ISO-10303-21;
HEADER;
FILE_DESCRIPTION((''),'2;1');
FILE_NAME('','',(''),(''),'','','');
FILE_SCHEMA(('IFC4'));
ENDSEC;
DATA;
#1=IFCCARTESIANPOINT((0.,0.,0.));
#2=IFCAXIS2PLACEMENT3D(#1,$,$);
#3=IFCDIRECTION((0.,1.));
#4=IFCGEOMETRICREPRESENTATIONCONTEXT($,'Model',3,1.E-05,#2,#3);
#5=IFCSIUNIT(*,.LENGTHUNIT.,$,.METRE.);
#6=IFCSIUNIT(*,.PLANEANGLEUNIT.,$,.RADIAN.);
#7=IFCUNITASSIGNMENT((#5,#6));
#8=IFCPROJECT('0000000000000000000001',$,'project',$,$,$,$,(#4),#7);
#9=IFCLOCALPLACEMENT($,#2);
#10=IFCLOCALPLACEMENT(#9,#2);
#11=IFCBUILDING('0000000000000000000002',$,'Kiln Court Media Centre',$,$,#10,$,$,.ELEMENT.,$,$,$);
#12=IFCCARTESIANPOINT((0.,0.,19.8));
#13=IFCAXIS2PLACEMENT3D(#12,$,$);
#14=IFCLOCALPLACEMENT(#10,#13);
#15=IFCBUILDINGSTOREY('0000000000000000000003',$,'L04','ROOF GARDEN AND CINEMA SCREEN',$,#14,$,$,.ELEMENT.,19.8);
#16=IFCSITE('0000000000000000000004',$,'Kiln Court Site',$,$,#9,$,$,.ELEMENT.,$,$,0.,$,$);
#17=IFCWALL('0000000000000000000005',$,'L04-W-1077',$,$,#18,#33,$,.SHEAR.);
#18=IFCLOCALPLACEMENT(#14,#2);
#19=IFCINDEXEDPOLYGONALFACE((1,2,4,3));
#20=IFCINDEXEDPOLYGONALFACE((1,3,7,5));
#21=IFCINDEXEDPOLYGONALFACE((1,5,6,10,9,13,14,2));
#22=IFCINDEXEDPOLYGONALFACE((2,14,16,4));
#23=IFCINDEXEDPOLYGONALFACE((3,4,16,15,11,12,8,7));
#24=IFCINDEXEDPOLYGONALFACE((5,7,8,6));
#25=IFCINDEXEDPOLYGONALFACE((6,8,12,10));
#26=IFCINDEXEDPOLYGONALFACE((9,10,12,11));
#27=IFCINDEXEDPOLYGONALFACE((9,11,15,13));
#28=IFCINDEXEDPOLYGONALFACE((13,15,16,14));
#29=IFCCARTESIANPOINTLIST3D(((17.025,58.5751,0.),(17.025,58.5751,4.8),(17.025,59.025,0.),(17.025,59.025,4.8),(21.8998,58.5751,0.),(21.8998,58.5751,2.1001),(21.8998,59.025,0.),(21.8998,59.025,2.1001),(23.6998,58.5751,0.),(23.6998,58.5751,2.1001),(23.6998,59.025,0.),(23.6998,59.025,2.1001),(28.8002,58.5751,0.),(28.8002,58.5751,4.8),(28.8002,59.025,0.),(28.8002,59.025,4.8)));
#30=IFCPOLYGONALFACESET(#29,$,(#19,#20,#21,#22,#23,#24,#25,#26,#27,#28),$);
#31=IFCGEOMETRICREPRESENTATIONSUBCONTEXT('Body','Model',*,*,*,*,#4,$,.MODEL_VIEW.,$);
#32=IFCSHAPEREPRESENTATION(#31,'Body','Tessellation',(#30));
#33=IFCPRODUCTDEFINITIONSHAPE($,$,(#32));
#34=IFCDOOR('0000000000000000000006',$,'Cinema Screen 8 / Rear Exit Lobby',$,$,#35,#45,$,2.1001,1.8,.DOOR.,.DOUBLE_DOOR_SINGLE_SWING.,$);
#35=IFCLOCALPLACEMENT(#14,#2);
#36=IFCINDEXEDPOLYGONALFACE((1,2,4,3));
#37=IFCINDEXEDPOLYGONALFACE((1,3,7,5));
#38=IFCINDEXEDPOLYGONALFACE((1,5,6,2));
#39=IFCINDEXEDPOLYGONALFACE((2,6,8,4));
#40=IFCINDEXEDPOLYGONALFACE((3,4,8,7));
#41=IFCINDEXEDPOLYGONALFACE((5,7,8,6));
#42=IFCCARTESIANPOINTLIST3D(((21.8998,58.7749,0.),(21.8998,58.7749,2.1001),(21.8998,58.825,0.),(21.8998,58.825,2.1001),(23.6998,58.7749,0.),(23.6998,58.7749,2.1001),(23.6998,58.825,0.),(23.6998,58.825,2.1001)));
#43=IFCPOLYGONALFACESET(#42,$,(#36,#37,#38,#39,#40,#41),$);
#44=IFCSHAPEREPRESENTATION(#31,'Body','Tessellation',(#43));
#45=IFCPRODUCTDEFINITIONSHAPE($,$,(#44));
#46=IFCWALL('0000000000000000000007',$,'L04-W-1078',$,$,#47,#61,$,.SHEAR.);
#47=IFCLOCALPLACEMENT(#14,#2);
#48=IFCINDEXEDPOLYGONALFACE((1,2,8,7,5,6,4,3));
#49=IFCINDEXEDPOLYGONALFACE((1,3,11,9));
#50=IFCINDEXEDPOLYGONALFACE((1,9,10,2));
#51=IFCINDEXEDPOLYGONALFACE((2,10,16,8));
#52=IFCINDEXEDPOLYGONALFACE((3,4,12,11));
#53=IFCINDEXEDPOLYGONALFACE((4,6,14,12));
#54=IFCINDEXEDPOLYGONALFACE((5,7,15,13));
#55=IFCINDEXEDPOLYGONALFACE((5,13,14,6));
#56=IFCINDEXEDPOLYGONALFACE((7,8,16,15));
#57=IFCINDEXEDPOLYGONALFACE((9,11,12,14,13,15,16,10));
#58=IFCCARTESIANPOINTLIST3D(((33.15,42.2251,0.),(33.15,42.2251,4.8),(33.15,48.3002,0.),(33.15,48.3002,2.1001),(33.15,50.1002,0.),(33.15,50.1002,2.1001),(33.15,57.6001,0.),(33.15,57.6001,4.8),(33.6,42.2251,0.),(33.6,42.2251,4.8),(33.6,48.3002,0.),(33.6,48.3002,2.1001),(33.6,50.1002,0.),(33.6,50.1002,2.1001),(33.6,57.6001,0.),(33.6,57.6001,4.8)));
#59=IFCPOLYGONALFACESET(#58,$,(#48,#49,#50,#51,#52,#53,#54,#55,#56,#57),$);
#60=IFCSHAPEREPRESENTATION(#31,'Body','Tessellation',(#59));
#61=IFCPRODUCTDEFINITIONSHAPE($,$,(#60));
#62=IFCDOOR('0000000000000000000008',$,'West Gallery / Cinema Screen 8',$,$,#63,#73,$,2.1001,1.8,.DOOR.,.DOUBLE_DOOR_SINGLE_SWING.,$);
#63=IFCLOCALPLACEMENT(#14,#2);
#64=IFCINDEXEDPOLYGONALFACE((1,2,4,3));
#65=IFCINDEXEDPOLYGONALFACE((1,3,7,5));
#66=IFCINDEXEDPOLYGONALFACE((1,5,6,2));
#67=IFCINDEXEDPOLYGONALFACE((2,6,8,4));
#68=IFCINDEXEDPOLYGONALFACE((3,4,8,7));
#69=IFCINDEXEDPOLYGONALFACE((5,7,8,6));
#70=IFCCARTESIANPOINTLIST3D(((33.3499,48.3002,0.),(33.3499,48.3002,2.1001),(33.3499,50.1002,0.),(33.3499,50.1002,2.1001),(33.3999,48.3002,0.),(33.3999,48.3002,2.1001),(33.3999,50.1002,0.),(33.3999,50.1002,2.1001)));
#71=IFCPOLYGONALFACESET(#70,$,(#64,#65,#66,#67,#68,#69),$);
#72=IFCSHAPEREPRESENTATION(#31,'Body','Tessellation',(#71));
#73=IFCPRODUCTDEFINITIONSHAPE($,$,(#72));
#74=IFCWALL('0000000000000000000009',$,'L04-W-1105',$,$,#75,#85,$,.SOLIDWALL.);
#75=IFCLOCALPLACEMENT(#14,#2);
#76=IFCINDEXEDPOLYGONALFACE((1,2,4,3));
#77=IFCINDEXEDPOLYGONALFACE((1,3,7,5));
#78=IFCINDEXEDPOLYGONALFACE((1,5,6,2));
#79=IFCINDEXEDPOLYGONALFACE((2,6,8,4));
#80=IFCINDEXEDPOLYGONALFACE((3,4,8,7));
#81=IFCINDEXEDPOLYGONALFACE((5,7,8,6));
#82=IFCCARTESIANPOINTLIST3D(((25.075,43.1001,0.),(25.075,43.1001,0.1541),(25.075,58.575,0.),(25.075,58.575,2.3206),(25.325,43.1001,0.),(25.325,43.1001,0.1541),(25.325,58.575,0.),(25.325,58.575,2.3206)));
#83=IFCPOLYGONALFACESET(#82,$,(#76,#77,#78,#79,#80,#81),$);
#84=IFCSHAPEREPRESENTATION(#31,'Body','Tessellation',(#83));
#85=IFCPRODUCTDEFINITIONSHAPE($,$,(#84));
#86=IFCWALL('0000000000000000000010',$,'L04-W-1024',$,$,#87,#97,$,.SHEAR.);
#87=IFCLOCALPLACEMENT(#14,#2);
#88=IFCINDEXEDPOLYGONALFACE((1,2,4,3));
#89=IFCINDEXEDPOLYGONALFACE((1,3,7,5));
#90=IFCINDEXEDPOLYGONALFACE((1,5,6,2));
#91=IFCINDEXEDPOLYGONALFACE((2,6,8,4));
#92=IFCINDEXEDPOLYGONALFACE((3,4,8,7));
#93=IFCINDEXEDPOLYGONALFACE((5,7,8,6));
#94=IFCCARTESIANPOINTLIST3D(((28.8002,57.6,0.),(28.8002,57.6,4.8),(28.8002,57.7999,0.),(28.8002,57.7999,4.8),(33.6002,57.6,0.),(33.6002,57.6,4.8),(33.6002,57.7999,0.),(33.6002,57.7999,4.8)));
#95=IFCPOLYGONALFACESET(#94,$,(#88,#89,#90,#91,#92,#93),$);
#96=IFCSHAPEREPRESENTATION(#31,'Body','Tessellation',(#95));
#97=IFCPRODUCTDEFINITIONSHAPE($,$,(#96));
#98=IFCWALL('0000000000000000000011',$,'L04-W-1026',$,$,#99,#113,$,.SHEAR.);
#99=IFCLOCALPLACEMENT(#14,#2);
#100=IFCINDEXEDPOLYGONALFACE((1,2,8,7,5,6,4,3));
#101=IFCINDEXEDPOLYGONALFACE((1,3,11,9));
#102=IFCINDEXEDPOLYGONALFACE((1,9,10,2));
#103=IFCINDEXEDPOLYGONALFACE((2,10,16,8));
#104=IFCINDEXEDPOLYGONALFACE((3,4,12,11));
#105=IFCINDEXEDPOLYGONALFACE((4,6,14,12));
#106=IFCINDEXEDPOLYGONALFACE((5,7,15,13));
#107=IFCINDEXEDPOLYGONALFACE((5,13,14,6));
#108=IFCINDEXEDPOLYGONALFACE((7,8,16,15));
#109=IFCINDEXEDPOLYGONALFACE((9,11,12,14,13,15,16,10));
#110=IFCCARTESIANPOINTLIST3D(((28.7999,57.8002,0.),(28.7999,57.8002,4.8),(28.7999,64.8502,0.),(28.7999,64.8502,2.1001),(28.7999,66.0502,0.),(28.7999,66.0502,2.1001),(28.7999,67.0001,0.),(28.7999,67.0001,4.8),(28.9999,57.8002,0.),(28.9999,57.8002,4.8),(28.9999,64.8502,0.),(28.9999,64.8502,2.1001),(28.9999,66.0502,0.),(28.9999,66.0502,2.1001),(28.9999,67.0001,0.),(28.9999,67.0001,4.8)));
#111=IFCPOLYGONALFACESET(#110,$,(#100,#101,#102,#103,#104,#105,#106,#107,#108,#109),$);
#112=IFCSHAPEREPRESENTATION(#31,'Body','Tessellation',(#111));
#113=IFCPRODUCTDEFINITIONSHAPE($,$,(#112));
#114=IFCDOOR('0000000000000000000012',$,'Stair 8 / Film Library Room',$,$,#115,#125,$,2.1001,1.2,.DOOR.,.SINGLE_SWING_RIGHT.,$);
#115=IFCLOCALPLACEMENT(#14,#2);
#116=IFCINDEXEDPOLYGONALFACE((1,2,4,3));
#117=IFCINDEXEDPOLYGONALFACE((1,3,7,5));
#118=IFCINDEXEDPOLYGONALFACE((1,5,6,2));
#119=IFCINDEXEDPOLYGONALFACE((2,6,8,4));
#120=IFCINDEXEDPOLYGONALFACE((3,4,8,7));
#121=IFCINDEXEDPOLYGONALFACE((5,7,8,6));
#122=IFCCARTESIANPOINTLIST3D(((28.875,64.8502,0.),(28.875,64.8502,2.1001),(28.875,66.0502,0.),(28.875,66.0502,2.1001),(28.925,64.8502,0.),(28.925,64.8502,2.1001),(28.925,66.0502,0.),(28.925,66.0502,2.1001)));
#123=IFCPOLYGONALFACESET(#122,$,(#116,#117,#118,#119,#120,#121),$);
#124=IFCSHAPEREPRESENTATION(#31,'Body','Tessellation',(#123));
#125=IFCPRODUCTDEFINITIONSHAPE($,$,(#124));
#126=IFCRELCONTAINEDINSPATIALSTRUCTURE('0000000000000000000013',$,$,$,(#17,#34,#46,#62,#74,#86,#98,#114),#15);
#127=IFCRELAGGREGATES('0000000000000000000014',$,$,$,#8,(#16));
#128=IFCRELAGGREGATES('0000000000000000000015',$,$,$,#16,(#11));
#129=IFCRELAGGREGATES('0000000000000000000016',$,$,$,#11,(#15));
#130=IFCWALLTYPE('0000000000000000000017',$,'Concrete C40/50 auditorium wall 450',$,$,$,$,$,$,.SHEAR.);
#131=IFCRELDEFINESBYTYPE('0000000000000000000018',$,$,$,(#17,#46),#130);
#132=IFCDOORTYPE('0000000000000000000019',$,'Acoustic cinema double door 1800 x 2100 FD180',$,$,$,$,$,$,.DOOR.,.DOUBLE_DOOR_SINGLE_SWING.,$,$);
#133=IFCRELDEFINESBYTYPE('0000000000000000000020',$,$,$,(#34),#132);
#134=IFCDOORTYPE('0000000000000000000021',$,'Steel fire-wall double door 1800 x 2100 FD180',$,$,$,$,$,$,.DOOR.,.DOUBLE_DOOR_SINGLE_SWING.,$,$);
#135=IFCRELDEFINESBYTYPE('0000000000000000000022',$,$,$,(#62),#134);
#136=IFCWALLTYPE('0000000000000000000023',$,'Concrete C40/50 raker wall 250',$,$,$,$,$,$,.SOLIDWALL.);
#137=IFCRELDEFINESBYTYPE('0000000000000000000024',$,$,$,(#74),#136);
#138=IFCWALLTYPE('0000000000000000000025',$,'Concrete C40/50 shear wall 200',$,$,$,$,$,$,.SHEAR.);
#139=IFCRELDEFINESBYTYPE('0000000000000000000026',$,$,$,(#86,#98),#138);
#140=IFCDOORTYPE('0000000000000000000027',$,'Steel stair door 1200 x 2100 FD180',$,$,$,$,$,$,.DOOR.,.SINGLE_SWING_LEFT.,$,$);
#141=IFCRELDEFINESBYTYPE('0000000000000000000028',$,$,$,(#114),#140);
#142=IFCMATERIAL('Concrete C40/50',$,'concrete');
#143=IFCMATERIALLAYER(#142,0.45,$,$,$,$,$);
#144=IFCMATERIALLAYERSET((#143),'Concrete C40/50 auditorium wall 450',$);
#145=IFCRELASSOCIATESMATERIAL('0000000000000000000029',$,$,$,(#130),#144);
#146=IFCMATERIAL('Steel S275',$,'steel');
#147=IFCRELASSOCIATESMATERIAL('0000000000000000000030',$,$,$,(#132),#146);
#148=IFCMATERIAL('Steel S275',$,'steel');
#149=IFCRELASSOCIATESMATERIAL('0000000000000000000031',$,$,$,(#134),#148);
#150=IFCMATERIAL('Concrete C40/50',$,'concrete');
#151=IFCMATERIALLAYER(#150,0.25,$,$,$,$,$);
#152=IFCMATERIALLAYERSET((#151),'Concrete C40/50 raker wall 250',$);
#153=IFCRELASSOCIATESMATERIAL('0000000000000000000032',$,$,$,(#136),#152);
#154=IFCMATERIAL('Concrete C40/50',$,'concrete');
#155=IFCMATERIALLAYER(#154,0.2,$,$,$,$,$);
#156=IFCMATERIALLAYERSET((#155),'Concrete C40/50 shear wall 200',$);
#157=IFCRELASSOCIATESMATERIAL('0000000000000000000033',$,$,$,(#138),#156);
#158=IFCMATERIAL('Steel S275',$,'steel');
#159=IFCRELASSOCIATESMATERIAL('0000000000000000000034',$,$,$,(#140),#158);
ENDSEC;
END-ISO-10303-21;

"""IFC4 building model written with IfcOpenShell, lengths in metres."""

from ifc_helpers import new_model, si_unit, direction, frame, frame_2d, origin, place, context, subcontext, project, spatial, polyline, rectangle, outline, extrude, material, layer, layer_set, type_object, element, fill, save


model = new_model("IFC4")

# Units and contexts
model_context = context("Model", 3, precision=1e-05, world=origin(), true_north=direction((0.0, 1.0)))
body_context = subcontext(model_context, "Body", "Model", "MODEL_VIEW")
ifc_project = project(units=[si_unit("LENGTHUNIT", "METRE"), si_unit("PLANEANGLEUNIT", "RADIAN")], contexts=[model_context])

# Site, building, storey
site_placement = place(None, origin())
site = spatial("IfcSite", under=ifc_project, at=site_placement, Name="Kiln Court Site", CompositionType="ELEMENT", RefElevation=0.0)
building_placement = place(site_placement, origin())
building = spatial("IfcBuilding", under=site, at=building_placement, Name="Kiln Court Media Centre", CompositionType="ELEMENT")
storey_placement = place(building_placement, frame((0.0, 0.0, 19.8)))
storey = spatial("IfcBuildingStorey", under=building, at=storey_placement, Name="L04", Description="ROOF GARDEN AND CINEMA SCREEN", CompositionType="ELEMENT", Elevation=19.8)

# Shared definitions
ifc_material_1 = material(Name="Concrete C40/50", Category="concrete")
ifc_layer_1 = layer(ifc_material_1, 0.45)
ifc_layer_set_1 = layer_set([ifc_layer_1], Name="Concrete C40/50 auditorium wall 450")
wall_type_1 = type_object("IfcWallType", Name="Concrete C40/50 auditorium wall 450", PredefinedType="SHEAR", material=ifc_layer_set_1)

# Shared definitions
ifc_material_2 = material(Name="Steel S275", Category="steel")
door_type_1 = type_object("IfcDoorType", Name="Acoustic cinema double door 1800 x 2100 FD180", OperationType="DOUBLE_DOOR_SINGLE_SWING", PredefinedType="DOOR", material=ifc_material_2)

# Walls, openings, doors
wall_1_placement = place(storey_placement, frame((17.0249, 58.8, 0.0), z_axis=(0.0, 0.0, 1.0), x_axis=(1.0, 0.0, 0.0)))
wall_1 = element("IfcWall", 1, at=wall_1_placement, inside=storey, type_object=wall_type_1, Name="L04-W-1077", PredefinedType="SHEAR", context=body_context, shape_type="SweptSolid", body=[
    extrude(rectangle(XDim=11.7751, YDim=0.45, at=frame_2d((5.8877, 0.0))), origin(), (0.0, 0.0, 1.0), 4.8),
])
opening_1_placement = place(wall_1_placement, frame((4.875, 0.0, 0.0)))
opening_1 = element("IfcOpeningElement", 2, at=opening_1_placement, cuts=wall_1, PredefinedType="OPENING", context=body_context, shape_type="SweptSolid", body=[
    extrude(rectangle(XDim=1.8, YDim=2.1001, at=frame_2d((0.8999, 1.05))), frame((0.0, 0.2349, 0.0), z_axis=(0.0, -1.0, 0.0), x_axis=(1.0, 0.0, 0.0)), (0.0, 0.0, 1.0), 0.47),
])
door_1_placement = place(opening_1_placement, origin())
door_1 = element("IfcDoor", 3, at=door_1_placement, inside=storey, type_object=door_type_1, Name="Cinema Screen 8 / Rear Exit Lobby", OperationType="DOUBLE_DOOR_SINGLE_SWING", OverallHeight=2.1001, OverallWidth=1.8, PredefinedType="DOOR", context=body_context, shape_type="SweptSolid", body=[
    extrude(rectangle(XDim=1.8, YDim=2.1001, at=frame_2d((0.8999, 1.05))), frame((0.0, 0.0249, 0.0), z_axis=(0.0, -1.0, 0.0), x_axis=(1.0, 0.0, 0.0)), (0.0, 0.0, 1.0), 0.05),
])
fill(opening_1, door_1)
wall_2_placement = place(storey_placement, frame((33.375, 57.6001, 0.0), z_axis=(0.0, 0.0, 1.0), x_axis=(0.0, -1.0, 0.0)))
wall_2 = element("IfcWall", 4, at=wall_2_placement, inside=storey, type_object=wall_type_1, Name="L04-W-1078", PredefinedType="SHEAR", context=body_context, shape_type="SweptSolid", body=[
    extrude(rectangle(XDim=15.375, YDim=0.45, at=frame_2d((7.6875, 0.0))), origin(), (0.0, 0.0, 1.0), 4.8),
])
opening_2_placement = place(wall_2_placement, frame((7.5, 0.0, 0.0)))
opening_2 = element("IfcOpeningElement", 5, at=opening_2_placement, cuts=wall_2, PredefinedType="OPENING", context=body_context, shape_type="SweptSolid", body=[
    extrude(rectangle(XDim=1.8, YDim=2.1001, at=frame_2d((0.8999, 1.05))), frame((0.0, 0.2349, 0.0), z_axis=(0.0, -1.0, 0.0), x_axis=(1.0, 0.0, 0.0)), (0.0, 0.0, 1.0), 0.47),
])
ifc_material_3 = material(Name="Steel S275", Category="steel")
door_type_2 = type_object("IfcDoorType", Name="Steel fire-wall double door 1800 x 2100 FD180", OperationType="DOUBLE_DOOR_SINGLE_SWING", PredefinedType="DOOR", material=ifc_material_3)
door_2_placement = place(opening_2_placement, origin())
door_2 = element("IfcDoor", 6, at=door_2_placement, inside=storey, type_object=door_type_2, Name="West Gallery / Cinema Screen 8", OperationType="DOUBLE_DOOR_SINGLE_SWING", OverallHeight=2.1001, OverallWidth=1.8, PredefinedType="DOOR", context=body_context, shape_type="SweptSolid", body=[
    extrude(rectangle(XDim=1.8, YDim=2.1001, at=frame_2d((0.8999, 1.05))), frame((0.0, 0.0249, 0.0), z_axis=(0.0, -1.0, 0.0), x_axis=(1.0, 0.0, 0.0)), (0.0, 0.0, 1.0), 0.05),
])
fill(opening_2, door_2)

# Walls
ifc_material_4 = material(Name="Concrete C40/50", Category="concrete")
ifc_layer_2 = layer(ifc_material_4, 0.25)
ifc_layer_set_2 = layer_set([ifc_layer_2], Name="Concrete C40/50 raker wall 250")
wall_type_2 = type_object("IfcWallType", Name="Concrete C40/50 raker wall 250", PredefinedType="SOLIDWALL", material=ifc_layer_set_2)
wall_3_placement = place(storey_placement, frame((25.2, 43.1001, 0.0), z_axis=(0.0, 0.0, 1.0), x_axis=(0.0, 1.0, 0.0)))
element("IfcWall", 7, at=wall_3_placement, inside=storey, type_object=wall_type_2, Name="L04-W-1105", PredefinedType="SOLIDWALL", context=body_context, shape_type="SweptSolid", body=[
    extrude(outline(polyline([(0.0, 0.0), (15.4749, 0.0), (15.4749, 2.3206), (0.0, 0.1541), (0.0, 0.0)])), frame((0.0, 0.125, 0.0), z_axis=(0.0, -1.0, 0.0), x_axis=(1.0, 0.0, 0.0)), (0.0, 0.0, 1.0), 0.25),
])
ifc_material_5 = material(Name="Concrete C40/50", Category="concrete")
ifc_layer_3 = layer(ifc_material_5, 0.2)
ifc_layer_set_3 = layer_set([ifc_layer_3], Name="Concrete C40/50 shear wall 200")
wall_type_3 = type_object("IfcWallType", Name="Concrete C40/50 shear wall 200", PredefinedType="SHEAR", material=ifc_layer_set_3)
wall_4_placement = place(storey_placement, frame((33.6001, 57.7, 0.0), z_axis=(0.0, 0.0, 1.0), x_axis=(-1.0, 0.0, 0.0)))
element("IfcWall", 8, at=wall_4_placement, inside=storey, type_object=wall_type_3, Name="L04-W-1024", PredefinedType="SHEAR", context=body_context, shape_type="SweptSolid", body=[
    extrude(rectangle(XDim=4.8, YDim=0.2, at=frame_2d((2.3999, 0.0))), origin(), (0.0, 0.0, 1.0), 4.8),
])

# Wall, opening, door
wall_5_placement = place(storey_placement, frame((28.8999, 57.8, 0.0), z_axis=(0.0, 0.0, 1.0), x_axis=(0.0, 1.0, 0.0)))
wall_5 = element("IfcWall", 9, at=wall_5_placement, inside=storey, type_object=wall_type_3, Name="L04-W-1026", PredefinedType="SHEAR", context=body_context, shape_type="SweptSolid", body=[
    extrude(rectangle(XDim=9.2, YDim=0.2, at=frame_2d((4.6001, 0.0))), origin(), (0.0, 0.0, 1.0), 4.8),
])
opening_3_placement = place(wall_5_placement, frame((7.05, 0.0, 0.0)))
opening_3 = element("IfcOpeningElement", 10, at=opening_3_placement, cuts=wall_5, PredefinedType="OPENING", context=body_context, shape_type="SweptSolid", body=[
    extrude(rectangle(XDim=1.2, YDim=2.1001, at=frame_2d((0.6001, 1.05))), frame((0.0, 0.1099, 0.0), z_axis=(0.0, -1.0, 0.0), x_axis=(1.0, 0.0, 0.0)), (0.0, 0.0, 1.0), 0.22),
])
ifc_material_6 = material(Name="Steel S275", Category="steel")
door_type_3 = type_object("IfcDoorType", Name="Steel stair door 1200 x 2100 FD180", OperationType="SINGLE_SWING_LEFT", PredefinedType="DOOR", material=ifc_material_6)
door_3_placement = place(opening_3_placement, origin())
door_3 = element("IfcDoor", 11, at=door_3_placement, inside=storey, type_object=door_type_3, Name="Stair 8 / Film Library Room", OperationType="SINGLE_SWING_RIGHT", OverallHeight=2.1001, OverallWidth=1.2, PredefinedType="DOOR", context=body_context, shape_type="SweptSolid", body=[
    extrude(rectangle(XDim=1.2, YDim=2.1001, at=frame_2d((0.6001, 1.05))), frame((0.0, 0.0249, 0.0), z_axis=(0.0, -1.0, 0.0), x_axis=(1.0, 0.0, 0.0)), (0.0, 0.0, 1.0), 0.05),
])
fill(opening_3, door_3)

save(model, "model.ifc")
